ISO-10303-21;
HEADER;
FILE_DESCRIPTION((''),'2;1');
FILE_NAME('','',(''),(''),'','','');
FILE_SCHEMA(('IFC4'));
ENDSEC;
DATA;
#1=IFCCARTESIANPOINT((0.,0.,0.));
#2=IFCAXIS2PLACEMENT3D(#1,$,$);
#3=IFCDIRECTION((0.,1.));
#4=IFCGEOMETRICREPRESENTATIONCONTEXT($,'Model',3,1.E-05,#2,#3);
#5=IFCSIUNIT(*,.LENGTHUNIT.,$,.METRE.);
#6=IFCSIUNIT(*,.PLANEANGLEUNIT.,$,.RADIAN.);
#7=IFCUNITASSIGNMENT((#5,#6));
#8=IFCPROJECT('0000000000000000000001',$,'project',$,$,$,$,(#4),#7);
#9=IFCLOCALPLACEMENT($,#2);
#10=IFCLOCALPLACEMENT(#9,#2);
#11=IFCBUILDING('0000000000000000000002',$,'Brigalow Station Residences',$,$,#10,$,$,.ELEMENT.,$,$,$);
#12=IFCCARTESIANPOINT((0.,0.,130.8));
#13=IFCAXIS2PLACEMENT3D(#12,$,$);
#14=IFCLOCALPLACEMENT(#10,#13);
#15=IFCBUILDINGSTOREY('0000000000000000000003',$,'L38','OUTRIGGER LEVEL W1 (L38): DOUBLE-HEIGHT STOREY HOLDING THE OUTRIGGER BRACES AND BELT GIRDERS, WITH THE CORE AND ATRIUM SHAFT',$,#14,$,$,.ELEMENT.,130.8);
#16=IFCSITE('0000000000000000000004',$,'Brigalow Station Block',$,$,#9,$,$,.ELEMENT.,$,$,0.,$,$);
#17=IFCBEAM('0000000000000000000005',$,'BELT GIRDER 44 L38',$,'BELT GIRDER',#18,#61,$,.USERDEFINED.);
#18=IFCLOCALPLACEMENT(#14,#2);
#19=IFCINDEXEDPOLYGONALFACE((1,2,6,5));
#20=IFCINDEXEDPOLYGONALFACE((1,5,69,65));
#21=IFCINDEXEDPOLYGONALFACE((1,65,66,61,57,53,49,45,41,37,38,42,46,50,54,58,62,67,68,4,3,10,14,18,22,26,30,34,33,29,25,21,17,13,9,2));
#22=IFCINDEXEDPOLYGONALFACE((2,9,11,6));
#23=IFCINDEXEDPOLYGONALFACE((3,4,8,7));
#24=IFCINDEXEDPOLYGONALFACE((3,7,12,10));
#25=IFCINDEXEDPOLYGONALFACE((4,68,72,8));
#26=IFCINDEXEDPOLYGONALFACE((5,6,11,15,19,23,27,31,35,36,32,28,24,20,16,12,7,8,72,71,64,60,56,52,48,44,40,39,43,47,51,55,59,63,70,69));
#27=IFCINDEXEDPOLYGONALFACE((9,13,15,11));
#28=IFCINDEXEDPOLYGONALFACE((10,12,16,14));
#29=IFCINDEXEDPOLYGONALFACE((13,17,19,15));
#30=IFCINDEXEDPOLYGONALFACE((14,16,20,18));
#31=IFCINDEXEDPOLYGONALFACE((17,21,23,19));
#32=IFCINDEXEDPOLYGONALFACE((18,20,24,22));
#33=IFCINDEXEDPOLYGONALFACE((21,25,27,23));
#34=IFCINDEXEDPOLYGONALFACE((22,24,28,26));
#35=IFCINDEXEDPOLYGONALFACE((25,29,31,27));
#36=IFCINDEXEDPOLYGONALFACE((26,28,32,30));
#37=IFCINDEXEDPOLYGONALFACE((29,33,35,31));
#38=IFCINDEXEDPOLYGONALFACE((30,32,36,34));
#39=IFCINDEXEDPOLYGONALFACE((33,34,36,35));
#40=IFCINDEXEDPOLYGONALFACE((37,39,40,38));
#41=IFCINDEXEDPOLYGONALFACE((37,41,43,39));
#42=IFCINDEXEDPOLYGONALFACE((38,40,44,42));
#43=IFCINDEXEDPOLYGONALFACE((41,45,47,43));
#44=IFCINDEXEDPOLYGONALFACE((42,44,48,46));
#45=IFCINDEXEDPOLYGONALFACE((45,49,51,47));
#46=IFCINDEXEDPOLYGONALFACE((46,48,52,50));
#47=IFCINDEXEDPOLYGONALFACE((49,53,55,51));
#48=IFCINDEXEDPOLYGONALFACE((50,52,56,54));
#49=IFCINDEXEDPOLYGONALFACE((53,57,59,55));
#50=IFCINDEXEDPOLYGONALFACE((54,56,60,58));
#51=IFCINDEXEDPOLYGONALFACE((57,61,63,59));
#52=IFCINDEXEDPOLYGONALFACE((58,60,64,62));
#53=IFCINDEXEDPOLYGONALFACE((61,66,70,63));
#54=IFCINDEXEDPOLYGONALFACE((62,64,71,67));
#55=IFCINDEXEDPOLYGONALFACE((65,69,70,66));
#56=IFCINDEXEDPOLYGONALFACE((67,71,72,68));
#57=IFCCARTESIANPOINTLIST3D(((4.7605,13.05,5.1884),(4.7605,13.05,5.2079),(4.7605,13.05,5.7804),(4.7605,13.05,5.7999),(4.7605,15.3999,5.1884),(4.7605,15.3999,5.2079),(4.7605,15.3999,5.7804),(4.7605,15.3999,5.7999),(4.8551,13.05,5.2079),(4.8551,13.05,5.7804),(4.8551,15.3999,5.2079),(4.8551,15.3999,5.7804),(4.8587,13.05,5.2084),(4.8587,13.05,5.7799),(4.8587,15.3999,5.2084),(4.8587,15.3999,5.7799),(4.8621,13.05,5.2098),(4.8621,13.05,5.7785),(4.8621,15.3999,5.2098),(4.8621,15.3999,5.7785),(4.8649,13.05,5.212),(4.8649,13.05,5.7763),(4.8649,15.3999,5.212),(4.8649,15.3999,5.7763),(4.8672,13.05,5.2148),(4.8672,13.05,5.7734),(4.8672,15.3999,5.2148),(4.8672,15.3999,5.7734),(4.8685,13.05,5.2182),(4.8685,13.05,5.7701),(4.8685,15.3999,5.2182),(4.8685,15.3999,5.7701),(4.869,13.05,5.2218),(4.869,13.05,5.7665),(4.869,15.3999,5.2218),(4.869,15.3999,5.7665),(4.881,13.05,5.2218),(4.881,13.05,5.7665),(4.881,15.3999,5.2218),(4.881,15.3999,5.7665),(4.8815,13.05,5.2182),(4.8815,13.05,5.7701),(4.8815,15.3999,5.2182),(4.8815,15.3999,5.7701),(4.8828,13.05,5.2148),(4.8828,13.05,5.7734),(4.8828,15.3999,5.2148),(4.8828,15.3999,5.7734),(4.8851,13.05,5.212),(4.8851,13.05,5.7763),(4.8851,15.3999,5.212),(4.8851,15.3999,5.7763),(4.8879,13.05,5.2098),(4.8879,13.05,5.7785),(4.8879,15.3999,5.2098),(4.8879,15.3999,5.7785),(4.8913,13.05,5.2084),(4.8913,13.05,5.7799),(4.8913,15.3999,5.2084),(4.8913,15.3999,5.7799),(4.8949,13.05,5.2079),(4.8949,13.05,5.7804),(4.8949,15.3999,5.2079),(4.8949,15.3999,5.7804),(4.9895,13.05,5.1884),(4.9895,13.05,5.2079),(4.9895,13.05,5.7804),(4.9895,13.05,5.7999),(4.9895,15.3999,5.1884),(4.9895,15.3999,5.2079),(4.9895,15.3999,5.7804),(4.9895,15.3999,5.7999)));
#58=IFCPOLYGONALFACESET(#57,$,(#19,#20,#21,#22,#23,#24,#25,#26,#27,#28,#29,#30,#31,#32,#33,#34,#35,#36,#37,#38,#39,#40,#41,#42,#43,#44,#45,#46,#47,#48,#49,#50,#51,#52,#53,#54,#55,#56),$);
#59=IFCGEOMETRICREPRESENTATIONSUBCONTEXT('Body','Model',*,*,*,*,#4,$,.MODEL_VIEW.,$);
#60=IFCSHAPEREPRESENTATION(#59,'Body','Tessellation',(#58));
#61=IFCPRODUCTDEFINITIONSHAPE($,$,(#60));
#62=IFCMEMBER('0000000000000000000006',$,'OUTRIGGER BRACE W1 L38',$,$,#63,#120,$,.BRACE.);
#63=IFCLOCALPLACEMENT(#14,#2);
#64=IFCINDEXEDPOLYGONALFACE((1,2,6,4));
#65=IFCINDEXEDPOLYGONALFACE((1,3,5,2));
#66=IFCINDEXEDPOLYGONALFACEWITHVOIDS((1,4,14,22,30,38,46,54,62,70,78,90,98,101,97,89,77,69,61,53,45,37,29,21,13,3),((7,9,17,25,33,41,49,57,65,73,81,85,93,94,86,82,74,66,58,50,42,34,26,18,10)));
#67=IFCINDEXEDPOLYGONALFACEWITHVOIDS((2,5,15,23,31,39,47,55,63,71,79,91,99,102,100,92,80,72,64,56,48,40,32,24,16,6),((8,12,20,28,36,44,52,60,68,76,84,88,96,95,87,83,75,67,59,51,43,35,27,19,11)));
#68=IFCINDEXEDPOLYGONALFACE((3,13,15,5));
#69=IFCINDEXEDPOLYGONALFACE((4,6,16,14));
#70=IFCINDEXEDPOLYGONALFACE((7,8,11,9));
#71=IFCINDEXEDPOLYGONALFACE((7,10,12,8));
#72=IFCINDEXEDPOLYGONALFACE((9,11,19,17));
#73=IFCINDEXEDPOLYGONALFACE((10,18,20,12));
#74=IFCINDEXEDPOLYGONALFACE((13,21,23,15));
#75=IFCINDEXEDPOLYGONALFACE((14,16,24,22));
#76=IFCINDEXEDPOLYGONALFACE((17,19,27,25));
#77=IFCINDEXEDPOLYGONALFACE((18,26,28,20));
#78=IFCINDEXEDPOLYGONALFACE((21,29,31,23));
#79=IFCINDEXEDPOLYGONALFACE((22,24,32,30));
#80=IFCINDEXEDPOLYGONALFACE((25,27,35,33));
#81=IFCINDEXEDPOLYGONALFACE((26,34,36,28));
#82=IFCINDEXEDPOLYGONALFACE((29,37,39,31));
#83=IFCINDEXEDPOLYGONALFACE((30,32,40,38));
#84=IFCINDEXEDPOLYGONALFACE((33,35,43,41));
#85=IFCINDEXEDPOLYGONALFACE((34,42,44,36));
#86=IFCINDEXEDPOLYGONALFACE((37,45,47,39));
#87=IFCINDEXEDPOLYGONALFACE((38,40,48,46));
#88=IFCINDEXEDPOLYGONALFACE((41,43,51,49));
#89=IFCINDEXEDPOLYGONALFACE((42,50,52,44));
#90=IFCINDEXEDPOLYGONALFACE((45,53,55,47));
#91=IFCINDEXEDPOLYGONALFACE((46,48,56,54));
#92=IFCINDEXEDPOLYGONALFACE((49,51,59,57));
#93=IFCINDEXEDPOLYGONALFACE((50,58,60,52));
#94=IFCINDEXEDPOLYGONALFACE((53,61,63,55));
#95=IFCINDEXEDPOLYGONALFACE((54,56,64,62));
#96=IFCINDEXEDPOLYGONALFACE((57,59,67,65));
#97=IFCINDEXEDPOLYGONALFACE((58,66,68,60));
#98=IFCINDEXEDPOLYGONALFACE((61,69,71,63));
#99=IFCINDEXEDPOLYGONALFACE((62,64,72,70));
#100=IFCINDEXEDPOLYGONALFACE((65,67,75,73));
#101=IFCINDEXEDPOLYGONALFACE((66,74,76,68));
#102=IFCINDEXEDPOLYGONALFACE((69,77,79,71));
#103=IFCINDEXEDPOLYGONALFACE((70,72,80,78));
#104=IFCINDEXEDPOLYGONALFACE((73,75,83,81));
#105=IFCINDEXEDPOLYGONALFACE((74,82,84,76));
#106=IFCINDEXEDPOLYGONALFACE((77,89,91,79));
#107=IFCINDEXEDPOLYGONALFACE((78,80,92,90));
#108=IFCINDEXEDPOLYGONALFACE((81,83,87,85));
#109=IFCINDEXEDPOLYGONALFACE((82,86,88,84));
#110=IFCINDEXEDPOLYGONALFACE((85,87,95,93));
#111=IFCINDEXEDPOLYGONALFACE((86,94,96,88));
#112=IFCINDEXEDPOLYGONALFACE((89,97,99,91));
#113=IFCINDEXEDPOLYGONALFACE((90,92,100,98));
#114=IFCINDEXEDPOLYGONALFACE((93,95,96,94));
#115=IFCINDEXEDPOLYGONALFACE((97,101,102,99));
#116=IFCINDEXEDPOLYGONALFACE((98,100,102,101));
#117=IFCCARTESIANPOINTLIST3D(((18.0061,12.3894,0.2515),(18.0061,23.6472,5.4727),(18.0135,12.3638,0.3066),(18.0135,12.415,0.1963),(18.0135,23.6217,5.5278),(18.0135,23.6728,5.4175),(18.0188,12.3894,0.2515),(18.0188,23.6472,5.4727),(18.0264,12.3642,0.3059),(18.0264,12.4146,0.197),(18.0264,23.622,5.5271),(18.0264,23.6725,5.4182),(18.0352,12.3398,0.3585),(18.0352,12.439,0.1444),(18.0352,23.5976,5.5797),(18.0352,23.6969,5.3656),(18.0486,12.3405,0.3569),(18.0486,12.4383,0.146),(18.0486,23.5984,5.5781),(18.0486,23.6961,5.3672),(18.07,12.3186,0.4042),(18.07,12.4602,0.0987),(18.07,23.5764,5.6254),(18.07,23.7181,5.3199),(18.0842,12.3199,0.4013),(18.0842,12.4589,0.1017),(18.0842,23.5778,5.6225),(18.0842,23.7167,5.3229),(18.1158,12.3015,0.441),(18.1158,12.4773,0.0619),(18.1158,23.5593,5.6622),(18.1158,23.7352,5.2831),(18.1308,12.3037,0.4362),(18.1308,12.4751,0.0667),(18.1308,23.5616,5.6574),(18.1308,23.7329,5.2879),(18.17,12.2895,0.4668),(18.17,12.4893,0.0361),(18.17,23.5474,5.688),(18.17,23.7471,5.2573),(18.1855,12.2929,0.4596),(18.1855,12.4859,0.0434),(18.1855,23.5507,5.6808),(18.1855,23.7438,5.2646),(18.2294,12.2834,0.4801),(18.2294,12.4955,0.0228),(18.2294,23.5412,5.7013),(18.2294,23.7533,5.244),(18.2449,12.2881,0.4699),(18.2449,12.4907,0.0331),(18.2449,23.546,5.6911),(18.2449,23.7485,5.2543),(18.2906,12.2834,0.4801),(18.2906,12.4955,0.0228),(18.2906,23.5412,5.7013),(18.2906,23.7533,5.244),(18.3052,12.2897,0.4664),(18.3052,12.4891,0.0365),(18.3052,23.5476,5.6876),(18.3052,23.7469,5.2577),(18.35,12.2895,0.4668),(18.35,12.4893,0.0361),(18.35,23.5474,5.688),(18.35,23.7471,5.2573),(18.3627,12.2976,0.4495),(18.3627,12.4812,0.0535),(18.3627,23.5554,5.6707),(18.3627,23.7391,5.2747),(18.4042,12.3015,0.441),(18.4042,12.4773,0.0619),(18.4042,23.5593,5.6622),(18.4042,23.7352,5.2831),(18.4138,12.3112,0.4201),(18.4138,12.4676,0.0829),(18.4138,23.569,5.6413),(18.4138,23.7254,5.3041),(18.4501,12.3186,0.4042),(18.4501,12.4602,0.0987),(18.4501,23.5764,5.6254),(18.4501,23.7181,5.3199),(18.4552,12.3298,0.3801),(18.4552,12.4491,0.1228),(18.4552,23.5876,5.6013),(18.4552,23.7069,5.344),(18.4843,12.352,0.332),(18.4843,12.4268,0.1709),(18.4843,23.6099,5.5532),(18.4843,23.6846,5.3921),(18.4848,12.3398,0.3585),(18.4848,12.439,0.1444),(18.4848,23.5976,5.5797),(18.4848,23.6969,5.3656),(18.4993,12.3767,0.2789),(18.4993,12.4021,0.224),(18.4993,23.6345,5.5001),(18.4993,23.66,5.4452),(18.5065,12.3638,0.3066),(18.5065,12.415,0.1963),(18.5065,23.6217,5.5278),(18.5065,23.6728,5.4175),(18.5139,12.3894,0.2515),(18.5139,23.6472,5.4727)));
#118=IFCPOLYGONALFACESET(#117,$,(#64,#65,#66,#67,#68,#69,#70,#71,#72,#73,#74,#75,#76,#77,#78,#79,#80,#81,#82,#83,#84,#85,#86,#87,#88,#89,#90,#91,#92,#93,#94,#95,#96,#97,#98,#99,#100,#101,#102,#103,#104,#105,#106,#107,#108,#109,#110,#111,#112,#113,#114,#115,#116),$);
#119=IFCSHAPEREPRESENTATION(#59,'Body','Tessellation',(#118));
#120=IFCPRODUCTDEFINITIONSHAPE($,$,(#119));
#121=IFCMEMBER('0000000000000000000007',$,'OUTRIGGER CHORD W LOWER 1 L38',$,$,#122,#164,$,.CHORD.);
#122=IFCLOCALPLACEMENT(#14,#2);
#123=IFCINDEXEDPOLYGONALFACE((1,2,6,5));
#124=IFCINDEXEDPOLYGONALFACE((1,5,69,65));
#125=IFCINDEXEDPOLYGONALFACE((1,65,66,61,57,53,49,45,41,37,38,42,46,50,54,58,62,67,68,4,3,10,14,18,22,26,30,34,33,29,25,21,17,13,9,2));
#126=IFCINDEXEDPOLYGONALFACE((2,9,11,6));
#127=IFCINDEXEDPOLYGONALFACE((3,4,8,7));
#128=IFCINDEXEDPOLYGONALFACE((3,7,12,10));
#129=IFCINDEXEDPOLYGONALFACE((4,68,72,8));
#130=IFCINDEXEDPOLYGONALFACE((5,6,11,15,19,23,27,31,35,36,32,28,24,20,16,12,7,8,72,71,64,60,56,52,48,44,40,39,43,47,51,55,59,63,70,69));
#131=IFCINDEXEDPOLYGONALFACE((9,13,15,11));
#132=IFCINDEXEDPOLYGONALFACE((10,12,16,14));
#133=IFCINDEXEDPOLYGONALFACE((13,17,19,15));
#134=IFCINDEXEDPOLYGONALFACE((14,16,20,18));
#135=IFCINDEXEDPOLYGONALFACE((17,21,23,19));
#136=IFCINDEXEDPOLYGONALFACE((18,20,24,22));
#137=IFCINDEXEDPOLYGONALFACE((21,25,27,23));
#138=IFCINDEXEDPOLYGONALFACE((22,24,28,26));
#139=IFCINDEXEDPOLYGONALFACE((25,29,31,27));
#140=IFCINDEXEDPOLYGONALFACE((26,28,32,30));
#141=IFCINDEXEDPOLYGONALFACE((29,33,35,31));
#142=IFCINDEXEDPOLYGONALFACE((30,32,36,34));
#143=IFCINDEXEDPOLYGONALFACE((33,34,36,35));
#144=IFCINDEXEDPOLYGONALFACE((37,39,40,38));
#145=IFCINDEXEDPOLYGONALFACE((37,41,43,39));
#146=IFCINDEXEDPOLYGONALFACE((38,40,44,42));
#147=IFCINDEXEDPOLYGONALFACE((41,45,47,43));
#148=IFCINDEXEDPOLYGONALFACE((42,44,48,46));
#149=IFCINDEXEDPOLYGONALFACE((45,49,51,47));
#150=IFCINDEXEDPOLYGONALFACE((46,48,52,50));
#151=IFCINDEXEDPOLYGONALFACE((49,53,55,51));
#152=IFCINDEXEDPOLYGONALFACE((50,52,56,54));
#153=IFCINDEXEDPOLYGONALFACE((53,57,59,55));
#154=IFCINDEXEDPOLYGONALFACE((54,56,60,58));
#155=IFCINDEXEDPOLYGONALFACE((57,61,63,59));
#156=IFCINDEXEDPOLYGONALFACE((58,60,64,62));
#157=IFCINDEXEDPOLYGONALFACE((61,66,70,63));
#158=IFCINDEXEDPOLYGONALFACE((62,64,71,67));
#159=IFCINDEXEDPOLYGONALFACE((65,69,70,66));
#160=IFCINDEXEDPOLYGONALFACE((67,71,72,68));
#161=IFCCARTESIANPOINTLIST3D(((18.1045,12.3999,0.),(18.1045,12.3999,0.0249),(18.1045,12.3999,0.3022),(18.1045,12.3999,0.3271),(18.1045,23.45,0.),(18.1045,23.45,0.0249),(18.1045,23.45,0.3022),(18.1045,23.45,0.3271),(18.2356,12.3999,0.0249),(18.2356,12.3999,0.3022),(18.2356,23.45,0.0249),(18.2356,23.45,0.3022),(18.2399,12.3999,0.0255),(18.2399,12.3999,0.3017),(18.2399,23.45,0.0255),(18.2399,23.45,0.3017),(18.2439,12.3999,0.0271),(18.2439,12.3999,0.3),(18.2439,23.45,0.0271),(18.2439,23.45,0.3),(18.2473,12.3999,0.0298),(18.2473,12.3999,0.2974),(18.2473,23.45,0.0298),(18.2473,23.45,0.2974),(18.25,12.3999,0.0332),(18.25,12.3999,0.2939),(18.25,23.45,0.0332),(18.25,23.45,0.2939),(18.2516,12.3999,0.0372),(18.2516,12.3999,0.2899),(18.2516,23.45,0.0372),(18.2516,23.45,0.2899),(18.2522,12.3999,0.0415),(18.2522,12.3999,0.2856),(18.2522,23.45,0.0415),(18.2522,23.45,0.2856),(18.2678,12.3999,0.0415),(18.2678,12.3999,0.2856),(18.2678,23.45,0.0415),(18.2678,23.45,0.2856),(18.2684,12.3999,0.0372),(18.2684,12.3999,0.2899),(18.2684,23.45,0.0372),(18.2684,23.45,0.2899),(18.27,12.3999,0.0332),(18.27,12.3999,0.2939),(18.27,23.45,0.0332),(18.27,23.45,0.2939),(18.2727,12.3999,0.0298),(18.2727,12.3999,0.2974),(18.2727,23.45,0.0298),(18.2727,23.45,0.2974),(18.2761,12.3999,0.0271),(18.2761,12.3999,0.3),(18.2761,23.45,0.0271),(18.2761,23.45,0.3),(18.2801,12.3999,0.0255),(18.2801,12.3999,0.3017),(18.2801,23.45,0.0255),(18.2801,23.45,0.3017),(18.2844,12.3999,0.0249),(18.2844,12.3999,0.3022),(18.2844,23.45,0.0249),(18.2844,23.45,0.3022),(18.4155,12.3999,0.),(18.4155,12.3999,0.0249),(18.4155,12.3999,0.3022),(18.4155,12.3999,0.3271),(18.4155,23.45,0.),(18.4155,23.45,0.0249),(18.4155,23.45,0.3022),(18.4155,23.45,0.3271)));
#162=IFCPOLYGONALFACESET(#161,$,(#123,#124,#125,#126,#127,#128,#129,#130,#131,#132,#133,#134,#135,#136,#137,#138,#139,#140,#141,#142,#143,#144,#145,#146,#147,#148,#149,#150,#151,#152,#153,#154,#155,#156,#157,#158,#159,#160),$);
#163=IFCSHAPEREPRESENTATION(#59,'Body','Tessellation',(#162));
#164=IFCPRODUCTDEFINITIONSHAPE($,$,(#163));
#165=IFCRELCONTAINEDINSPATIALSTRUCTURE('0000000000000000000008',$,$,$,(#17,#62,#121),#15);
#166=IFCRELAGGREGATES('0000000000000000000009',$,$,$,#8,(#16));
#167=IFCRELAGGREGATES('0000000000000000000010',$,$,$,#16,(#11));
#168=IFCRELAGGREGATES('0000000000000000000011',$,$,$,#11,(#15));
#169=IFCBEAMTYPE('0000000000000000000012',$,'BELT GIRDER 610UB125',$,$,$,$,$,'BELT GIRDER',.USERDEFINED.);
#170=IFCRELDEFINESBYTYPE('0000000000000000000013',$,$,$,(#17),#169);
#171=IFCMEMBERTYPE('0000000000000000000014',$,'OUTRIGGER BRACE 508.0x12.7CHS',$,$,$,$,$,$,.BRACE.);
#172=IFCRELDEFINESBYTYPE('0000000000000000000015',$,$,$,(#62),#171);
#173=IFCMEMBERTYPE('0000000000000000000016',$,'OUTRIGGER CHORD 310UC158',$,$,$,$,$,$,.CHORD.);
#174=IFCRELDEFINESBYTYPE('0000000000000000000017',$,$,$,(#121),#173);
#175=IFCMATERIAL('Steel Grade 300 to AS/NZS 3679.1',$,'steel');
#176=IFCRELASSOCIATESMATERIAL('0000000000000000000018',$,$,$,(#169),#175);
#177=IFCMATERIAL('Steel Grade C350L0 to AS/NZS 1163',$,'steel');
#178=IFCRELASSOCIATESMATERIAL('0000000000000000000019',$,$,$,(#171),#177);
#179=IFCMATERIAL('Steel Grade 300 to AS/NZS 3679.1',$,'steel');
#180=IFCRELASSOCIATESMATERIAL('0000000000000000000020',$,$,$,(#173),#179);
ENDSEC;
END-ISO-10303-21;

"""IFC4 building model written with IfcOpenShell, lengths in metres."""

from ifc_helpers import new_model, si_unit, direction, frame, origin, origin_2d, place, context, subcontext, project, spatial, hollow_circle, i_section, extrude, material, material_profile, profile_set, type_object, element, save


model = new_model("IFC4")

# Units and contexts
model_context = context("Model", 3, precision=1e-05, world=origin(), true_north=direction((0.0, 1.0)))
body_context = subcontext(model_context, "Body", "Model", "MODEL_VIEW")
ifc_project = project(units=[si_unit("LENGTHUNIT", "METRE"), si_unit("PLANEANGLEUNIT", "RADIAN")], contexts=[model_context])

# Site, building, storey
site_placement = place(None, origin())
site = spatial("IfcSite", under=ifc_project, at=site_placement, Name="Brigalow Station Block", CompositionType="ELEMENT", RefElevation=0.0)
building_placement = place(site_placement, origin())
building = spatial("IfcBuilding", under=site, at=building_placement, Name="Brigalow Station Residences", CompositionType="ELEMENT")
storey_placement = place(building_placement, frame((0.0, 0.0, 130.8)))
storey = spatial("IfcBuildingStorey", under=building, at=storey_placement, Name="L38", Description="OUTRIGGER LEVEL W1 (L38): DOUBLE-HEIGHT STOREY HOLDING THE OUTRIGGER BRACES AND BELT GIRDERS, WITH THE CORE AND ATRIUM SHAFT", CompositionType="ELEMENT", Elevation=130.8)

# Beam
ifc_material_1 = material(Name="Steel Grade 300 to AS/NZS 3679.1", Category="steel")
ifc_material_profile_1 = material_profile(ifc_material_1, i_section(OverallWidth=0.229, OverallDepth=0.6116, WebThickness=0.012, FlangeThickness=0.0195, FilletRadius=0.0139, at=origin_2d()), Name="610UB125")
ifc_profile_set_1 = profile_set([ifc_material_profile_1], Name="Steel Grade 300 to AS/NZS 3679.1")
beam_type = type_object("IfcBeamType", Name="BELT GIRDER 610UB125", ElementType="BELT GIRDER", PredefinedType="USERDEFINED", material=ifc_profile_set_1)
beam_1_placement = place(storey_placement, frame((4.875, 15.3999, 5.4941), z_axis=(0.0, -1.0, 0.0), x_axis=(1.0, 0.0, 0.0)))
element("IfcBeam", 1, at=beam_1_placement, inside=storey, type_object=beam_type, Name="BELT GIRDER 44 L38", ObjectType="BELT GIRDER", PredefinedType="USERDEFINED", context=body_context, shape_type="SweptSolid", body=[
    extrude(i_section(OverallWidth=0.229, OverallDepth=0.6116, WebThickness=0.012, FlangeThickness=0.0195, FilletRadius=0.0139, at=origin_2d()), origin(), (0.0, 0.0, 1.0), 2.3499),
])

# Members
ifc_material_2 = material(Name="Steel Grade C350L0 to AS/NZS 1163", Category="steel")
ifc_material_profile_2 = material_profile(ifc_material_2, hollow_circle(Radius=0.2539, WallThickness=0.0127, at=origin_2d()), Name="508.0x12.7CHS")
ifc_profile_set_2 = profile_set([ifc_material_profile_2], Name="Steel Grade C350L0 to AS/NZS 1163")
member_type_1 = type_object("IfcMemberType", Name="OUTRIGGER BRACE 508.0x12.7CHS", PredefinedType="BRACE", material=ifc_profile_set_2)
member_1_placement = place(storey_placement, frame((18.26, 12.3894, 0.2515), z_axis=(0.0, 0.907183, 0.420737), x_axis=(-1.0, 0.0, 0.0)))
element("IfcMember", 2, at=member_1_placement, inside=storey, type_object=member_type_1, Name="OUTRIGGER BRACE W1 L38", PredefinedType="BRACE", context=body_context, shape_type="SweptSolid", body=[
    extrude(hollow_circle(Radius=0.2539, WallThickness=0.0127, at=origin_2d()), origin(), (0.0, 0.0, 1.0), 12.4097),
])
ifc_material_3 = material(Name="Steel Grade 300 to AS/NZS 3679.1", Category="steel")
ifc_material_profile_3 = material_profile(ifc_material_3, i_section(OverallWidth=0.311, OverallDepth=0.3271, WebThickness=0.0156, FlangeThickness=0.0249, FilletRadius=0.0166, at=origin_2d()), Name="310UC158")
ifc_profile_set_3 = profile_set([ifc_material_profile_3], Name="Steel Grade 300 to AS/NZS 3679.1")
member_type_2 = type_object("IfcMemberType", Name="OUTRIGGER CHORD 310UC158", PredefinedType="CHORD", material=ifc_profile_set_3)
for number, where, z_axis, x_axis, name in (
    (3, (18.26, 12.3999, 0.1636), (0.0, 1.0, 0.0), (-1.0, 0.0, 0.0), "OUTRIGGER CHORD W LOWER 1 L38"),
):
    element("IfcMember", number, at=place(storey_placement, frame(where, z_axis=z_axis, x_axis=x_axis)), inside=storey, type_object=member_type_2, Name=name, PredefinedType="CHORD", context=body_context, shape_type="SweptSolid", body=[
        extrude(i_section(OverallWidth=0.311, OverallDepth=0.3271, WebThickness=0.0156, FlangeThickness=0.0249, FilletRadius=0.0166, at=origin_2d()), origin(), (0.0, 0.0, 1.0), 11.05),
    ])

save(model, "model.ifc")
